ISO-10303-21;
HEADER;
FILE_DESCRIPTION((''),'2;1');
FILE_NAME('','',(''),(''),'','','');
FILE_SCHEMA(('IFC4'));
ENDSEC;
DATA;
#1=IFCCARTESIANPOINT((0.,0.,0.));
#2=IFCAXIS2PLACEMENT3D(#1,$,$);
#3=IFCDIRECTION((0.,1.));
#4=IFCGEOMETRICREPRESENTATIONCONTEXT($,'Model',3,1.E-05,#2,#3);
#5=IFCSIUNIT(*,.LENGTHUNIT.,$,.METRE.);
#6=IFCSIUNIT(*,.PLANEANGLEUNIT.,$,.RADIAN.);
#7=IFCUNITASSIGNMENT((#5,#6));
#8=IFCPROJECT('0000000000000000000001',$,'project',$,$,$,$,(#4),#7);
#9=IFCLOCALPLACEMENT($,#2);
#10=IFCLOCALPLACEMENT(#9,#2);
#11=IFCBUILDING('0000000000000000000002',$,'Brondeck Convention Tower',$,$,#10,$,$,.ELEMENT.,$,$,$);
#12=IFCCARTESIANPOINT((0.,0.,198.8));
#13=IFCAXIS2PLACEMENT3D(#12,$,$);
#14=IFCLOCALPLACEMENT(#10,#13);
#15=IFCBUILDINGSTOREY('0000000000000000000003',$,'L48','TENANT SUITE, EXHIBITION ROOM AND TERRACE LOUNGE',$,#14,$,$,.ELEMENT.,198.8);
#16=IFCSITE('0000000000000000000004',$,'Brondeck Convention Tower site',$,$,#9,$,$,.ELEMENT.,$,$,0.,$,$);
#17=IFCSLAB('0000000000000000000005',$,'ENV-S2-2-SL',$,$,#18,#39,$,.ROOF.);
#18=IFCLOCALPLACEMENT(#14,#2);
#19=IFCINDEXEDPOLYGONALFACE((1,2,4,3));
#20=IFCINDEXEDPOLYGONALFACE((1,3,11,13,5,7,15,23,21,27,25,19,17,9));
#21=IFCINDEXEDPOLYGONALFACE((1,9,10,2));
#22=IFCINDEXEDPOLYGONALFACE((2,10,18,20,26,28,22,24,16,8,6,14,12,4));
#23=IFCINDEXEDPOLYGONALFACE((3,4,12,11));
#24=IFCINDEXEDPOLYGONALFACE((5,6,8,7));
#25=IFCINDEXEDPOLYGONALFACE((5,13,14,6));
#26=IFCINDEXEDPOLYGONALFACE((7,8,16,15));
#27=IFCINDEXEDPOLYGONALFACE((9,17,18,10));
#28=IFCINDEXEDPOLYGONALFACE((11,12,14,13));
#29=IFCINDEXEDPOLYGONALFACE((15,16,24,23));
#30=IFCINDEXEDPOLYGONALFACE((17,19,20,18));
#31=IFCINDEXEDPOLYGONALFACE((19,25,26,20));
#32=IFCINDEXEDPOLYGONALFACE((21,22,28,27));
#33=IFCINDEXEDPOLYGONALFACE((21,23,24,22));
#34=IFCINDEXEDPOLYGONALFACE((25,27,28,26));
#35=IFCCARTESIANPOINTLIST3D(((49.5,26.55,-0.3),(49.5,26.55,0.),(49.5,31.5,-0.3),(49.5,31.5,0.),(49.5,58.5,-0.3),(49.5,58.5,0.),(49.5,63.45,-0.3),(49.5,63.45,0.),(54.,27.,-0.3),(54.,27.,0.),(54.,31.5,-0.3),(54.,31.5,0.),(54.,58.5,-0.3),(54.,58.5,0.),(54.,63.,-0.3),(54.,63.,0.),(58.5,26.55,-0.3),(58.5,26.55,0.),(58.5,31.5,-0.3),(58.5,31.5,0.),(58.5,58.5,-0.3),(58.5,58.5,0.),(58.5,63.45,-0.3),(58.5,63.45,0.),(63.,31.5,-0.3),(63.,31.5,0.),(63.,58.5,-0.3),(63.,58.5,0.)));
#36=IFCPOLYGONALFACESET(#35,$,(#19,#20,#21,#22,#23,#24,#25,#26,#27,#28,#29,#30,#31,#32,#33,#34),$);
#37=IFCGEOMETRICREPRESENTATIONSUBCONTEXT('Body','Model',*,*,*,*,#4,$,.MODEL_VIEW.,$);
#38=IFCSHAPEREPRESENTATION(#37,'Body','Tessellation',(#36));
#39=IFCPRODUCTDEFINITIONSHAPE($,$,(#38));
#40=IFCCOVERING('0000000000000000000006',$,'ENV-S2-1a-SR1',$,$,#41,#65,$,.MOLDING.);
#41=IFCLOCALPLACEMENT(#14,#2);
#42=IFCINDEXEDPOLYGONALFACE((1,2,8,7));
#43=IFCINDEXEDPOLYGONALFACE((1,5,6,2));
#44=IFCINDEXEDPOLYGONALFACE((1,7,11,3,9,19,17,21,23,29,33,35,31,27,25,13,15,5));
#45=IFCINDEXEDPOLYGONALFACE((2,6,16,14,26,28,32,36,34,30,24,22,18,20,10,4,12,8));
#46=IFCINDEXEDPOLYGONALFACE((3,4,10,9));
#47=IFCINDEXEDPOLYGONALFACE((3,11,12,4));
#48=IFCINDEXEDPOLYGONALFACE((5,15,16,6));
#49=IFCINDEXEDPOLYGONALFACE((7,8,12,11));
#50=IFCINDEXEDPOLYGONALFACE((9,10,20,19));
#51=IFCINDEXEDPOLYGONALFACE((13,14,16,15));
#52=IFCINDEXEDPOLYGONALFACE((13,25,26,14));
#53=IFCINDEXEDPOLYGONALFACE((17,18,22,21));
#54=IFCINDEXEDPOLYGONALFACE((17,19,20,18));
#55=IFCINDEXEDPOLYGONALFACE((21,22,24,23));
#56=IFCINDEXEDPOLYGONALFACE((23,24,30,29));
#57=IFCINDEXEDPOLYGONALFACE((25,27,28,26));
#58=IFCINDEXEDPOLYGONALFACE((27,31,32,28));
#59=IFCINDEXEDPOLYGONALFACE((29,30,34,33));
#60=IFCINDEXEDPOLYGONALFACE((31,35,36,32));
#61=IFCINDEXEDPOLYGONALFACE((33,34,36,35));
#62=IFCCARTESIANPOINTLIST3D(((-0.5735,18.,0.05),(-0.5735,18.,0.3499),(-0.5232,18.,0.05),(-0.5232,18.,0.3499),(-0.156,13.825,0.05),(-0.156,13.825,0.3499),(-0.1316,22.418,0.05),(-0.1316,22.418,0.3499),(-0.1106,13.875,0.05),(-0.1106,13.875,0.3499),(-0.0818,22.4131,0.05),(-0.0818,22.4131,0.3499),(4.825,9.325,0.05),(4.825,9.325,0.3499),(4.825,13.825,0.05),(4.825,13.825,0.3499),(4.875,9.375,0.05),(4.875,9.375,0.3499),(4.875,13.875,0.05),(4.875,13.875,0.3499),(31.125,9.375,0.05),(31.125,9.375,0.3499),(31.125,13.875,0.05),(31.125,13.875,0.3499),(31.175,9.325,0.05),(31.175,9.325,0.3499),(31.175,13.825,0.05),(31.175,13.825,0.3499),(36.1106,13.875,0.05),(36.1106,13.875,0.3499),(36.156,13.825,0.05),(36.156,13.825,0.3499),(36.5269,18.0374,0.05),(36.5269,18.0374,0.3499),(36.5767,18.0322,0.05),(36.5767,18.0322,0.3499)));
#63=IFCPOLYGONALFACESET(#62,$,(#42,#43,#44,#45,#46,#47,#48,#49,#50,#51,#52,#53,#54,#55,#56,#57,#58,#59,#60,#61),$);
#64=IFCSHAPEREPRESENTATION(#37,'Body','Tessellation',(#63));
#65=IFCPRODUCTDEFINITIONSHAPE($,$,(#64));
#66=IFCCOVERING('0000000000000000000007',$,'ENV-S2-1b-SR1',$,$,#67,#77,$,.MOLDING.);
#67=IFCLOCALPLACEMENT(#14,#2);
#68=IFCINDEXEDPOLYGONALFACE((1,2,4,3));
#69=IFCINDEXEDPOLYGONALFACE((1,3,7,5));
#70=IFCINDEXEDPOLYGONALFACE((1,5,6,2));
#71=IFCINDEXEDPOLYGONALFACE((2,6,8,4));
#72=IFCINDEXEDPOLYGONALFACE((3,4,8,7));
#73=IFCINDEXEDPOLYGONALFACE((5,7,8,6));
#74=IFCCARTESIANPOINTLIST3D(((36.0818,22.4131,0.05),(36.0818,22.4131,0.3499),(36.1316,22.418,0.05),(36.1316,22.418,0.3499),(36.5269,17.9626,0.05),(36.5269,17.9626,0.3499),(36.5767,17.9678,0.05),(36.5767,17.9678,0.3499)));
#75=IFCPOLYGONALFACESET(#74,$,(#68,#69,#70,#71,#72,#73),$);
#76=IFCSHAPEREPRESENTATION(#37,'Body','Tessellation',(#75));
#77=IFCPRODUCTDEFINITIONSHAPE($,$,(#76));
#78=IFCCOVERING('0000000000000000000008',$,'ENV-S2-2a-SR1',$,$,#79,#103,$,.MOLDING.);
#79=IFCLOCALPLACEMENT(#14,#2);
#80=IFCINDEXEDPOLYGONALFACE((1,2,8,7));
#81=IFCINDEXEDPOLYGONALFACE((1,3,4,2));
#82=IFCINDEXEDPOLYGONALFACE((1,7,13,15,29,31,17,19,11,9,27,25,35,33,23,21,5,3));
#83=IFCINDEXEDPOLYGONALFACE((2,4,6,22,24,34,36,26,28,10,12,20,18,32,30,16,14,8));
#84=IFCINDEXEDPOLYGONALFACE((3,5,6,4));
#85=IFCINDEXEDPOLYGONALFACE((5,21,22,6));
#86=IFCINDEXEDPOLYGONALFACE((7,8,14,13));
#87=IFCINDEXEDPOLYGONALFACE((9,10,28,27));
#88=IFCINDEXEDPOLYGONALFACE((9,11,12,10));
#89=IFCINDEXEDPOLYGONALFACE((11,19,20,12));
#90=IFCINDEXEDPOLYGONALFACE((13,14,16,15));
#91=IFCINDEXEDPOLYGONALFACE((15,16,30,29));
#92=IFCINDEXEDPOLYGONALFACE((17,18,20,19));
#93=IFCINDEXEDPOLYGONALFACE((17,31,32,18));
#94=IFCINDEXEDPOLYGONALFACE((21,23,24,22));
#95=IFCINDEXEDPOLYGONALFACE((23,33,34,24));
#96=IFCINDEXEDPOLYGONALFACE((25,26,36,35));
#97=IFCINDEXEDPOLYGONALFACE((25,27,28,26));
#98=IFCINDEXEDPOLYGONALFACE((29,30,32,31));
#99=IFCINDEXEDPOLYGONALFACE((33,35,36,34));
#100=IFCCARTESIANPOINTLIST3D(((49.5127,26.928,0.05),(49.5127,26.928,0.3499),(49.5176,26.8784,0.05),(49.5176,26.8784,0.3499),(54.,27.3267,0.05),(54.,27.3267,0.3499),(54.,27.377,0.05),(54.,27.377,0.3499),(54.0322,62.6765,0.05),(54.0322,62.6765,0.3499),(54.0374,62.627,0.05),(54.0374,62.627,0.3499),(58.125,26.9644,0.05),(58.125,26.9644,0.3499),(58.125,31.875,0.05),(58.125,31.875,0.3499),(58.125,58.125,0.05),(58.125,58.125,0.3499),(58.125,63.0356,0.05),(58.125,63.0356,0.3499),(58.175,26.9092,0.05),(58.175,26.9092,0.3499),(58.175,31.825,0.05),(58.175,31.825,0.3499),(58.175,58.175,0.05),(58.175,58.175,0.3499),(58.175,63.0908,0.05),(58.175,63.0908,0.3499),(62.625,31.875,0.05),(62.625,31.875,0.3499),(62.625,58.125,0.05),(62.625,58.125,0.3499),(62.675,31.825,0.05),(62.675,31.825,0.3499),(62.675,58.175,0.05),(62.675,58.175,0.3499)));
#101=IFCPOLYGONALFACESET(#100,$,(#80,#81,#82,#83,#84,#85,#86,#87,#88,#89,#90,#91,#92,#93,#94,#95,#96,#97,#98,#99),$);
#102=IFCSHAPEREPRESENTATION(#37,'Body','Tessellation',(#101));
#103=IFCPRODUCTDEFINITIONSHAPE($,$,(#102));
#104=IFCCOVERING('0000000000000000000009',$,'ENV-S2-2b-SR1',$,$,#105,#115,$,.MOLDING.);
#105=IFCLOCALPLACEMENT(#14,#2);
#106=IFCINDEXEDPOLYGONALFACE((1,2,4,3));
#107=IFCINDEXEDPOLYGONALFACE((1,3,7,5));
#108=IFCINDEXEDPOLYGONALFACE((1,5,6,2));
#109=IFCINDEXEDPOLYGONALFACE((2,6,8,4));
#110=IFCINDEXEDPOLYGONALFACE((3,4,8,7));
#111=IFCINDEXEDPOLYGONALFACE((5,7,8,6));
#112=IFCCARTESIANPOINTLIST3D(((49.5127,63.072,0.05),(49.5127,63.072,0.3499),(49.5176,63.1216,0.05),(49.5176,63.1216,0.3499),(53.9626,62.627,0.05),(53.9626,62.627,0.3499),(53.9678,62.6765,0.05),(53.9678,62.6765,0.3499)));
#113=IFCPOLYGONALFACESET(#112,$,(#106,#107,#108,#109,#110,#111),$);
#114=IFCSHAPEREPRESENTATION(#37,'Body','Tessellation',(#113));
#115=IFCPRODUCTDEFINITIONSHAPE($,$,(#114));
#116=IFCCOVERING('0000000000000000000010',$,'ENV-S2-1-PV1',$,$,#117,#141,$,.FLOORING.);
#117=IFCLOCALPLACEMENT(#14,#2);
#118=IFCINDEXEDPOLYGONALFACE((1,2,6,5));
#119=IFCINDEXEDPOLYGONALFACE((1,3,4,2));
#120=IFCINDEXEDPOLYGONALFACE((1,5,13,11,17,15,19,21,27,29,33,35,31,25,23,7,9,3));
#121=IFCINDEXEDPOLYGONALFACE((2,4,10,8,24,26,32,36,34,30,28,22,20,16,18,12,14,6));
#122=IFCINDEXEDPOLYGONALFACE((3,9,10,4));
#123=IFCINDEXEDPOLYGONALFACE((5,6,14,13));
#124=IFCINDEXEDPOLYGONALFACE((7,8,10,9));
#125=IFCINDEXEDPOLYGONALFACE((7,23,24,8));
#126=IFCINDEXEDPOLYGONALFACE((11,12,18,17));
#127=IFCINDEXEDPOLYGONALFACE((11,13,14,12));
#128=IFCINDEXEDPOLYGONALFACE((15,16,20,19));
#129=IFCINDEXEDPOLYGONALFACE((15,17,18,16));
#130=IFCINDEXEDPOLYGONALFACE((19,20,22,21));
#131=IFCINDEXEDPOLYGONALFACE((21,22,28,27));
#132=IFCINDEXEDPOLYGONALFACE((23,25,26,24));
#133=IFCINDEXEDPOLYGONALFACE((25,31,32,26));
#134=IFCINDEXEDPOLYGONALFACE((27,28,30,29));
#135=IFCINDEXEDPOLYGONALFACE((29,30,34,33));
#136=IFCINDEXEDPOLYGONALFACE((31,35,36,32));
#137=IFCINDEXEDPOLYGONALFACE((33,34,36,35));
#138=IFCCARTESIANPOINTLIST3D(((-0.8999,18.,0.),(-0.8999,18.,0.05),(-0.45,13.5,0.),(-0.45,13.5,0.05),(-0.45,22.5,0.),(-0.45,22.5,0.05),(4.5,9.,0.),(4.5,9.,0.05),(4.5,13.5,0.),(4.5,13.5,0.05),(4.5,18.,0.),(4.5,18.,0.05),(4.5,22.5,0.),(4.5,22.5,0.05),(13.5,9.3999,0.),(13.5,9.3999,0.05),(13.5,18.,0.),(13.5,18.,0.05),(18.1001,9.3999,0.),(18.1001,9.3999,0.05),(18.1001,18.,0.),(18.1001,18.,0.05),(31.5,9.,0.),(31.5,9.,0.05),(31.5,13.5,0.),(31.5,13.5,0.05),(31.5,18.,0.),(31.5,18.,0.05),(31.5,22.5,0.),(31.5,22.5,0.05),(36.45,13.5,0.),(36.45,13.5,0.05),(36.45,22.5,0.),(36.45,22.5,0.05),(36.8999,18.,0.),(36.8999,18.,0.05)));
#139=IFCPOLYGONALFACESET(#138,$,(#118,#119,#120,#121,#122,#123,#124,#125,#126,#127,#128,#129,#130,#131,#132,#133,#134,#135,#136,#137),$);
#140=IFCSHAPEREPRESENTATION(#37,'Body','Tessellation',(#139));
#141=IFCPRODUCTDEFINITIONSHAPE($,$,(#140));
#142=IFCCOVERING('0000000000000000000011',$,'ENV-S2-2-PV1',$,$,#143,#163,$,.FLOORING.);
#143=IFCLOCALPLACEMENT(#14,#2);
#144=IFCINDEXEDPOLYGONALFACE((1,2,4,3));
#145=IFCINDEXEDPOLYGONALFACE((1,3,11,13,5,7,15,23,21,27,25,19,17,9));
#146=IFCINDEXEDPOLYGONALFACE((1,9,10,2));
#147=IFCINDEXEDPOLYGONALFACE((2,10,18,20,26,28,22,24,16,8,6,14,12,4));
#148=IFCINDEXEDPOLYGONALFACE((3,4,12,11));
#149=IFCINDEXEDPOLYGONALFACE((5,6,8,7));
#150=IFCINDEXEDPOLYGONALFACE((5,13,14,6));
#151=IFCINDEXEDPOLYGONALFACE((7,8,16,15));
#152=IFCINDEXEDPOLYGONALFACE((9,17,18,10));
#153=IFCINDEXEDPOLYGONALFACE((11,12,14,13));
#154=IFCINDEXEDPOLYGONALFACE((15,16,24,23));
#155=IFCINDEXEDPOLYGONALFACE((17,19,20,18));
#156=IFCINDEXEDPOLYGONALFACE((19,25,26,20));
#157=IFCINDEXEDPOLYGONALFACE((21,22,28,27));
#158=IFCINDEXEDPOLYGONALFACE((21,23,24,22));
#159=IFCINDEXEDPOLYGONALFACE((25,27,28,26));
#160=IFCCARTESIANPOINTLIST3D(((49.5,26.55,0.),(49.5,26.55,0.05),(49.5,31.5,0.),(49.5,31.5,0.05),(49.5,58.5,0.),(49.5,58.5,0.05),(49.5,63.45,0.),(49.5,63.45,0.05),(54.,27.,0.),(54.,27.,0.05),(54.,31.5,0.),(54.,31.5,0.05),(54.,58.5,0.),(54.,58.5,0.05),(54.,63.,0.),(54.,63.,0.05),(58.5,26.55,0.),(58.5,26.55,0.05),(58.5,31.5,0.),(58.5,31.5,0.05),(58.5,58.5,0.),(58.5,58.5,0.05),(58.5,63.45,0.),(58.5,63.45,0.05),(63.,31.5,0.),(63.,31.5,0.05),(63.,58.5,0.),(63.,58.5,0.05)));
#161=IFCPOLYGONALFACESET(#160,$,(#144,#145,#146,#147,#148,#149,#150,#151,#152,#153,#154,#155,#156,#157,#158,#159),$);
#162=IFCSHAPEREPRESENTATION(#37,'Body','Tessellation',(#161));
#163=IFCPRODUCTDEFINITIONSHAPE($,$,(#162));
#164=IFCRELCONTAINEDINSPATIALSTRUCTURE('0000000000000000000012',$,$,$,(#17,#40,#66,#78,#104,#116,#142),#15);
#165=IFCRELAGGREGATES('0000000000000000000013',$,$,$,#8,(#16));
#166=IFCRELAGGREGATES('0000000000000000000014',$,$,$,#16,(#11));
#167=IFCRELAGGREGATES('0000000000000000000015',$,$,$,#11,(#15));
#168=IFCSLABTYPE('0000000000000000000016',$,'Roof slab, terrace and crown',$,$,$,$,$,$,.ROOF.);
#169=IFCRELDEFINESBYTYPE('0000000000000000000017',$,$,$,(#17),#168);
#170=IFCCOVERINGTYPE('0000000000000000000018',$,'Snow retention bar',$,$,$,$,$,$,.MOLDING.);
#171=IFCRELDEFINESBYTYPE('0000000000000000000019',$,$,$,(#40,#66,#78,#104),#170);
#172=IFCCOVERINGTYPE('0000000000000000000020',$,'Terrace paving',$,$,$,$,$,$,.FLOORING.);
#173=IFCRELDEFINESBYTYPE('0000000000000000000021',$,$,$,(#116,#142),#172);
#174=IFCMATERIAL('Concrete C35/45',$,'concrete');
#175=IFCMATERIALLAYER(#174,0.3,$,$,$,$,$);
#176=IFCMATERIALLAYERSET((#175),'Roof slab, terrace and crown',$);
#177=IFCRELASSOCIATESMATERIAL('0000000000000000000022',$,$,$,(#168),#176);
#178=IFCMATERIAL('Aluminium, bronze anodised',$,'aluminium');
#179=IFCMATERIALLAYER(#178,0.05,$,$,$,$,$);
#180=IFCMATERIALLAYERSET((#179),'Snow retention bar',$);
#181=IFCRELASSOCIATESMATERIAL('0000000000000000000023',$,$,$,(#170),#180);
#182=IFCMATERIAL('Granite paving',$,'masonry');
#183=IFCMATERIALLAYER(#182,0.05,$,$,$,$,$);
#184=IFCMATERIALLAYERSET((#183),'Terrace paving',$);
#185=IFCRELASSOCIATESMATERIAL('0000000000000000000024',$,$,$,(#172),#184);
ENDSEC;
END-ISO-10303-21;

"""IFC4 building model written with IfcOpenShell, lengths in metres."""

from ifc_helpers import new_model, si_unit, direction, frame, origin, place, context, subcontext, project, spatial, polyline, outline, extrude, material, layer, layer_set, type_object, element, save


model = new_model("IFC4")

# Units and contexts
model_context = context("Model", 3, precision=1e-05, world=origin(), true_north=direction((0.0, 1.0)))
body_context = subcontext(model_context, "Body", "Model", "MODEL_VIEW")
ifc_project = project(units=[si_unit("LENGTHUNIT", "METRE"), si_unit("PLANEANGLEUNIT", "RADIAN")], contexts=[model_context])

# Site, building, storey
site_placement = place(None, origin())
site = spatial("IfcSite", under=ifc_project, at=site_placement, Name="Brondeck Convention Tower site", CompositionType="ELEMENT", RefElevation=0.0)
building_placement = place(site_placement, origin())
building = spatial("IfcBuilding", under=site, at=building_placement, Name="Brondeck Convention Tower", CompositionType="ELEMENT")
storey_placement = place(building_placement, frame((0.0, 0.0, 198.8)))
storey = spatial("IfcBuildingStorey", under=building, at=storey_placement, Name="L48", Description="TENANT SUITE, EXHIBITION ROOM AND TERRACE LOUNGE", CompositionType="ELEMENT", Elevation=198.8)

# Shared definitions
ifc_material_1 = material(Name="Concrete C35/45", Category="concrete")

# Slab
ifc_layer_1 = layer(ifc_material_1, 0.3)
ifc_layer_set_1 = layer_set([ifc_layer_1], Name="Roof slab, terrace and crown")
slab_type_1 = type_object("IfcSlabType", Name="Roof slab, terrace and crown", PredefinedType="ROOF", material=ifc_layer_set_1)
slab_1_placement = place(storey_placement, frame((0.0, 0.0, -0.3)))
element("IfcSlab", 1, at=slab_1_placement, inside=storey, type_object=slab_type_1, Name="ENV-S2-2-SL", PredefinedType="ROOF", context=body_context, shape_type="SweptSolid", body=[
    extrude(outline(polyline([(54.0, 63.0), (49.5, 63.45), (49.5, 58.5), (54.0, 58.5), (54.0, 31.5), (49.5, 31.5), (49.5, 26.55), (54.0, 27.0), (58.5, 26.55), (58.5, 31.5), (63.0, 31.5), (63.0, 58.5), (58.5, 58.5), (58.5, 63.45), (54.0, 63.0)])), origin(), (0.0, 0.0, 1.0), 0.3),
])

# Coverings
ifc_material_2 = material(Name="Aluminium, bronze anodised", Category="aluminium")
ifc_layer_2 = layer(ifc_material_2, 0.05)
ifc_layer_set_2 = layer_set([ifc_layer_2], Name="Snow retention bar")
covering_type_1 = type_object("IfcCoveringType", Name="Snow retention bar", PredefinedType="MOLDING", material=ifc_layer_set_2)
covering_1_placement = place(storey_placement, frame((0.0, 0.0, 0.05)))
element("IfcCovering", 2, at=covering_1_placement, inside=storey, type_object=covering_type_1, Name="ENV-S2-1a-SR1", PredefinedType="MOLDING", context=body_context, shape_type="SweptSolid", body=[
    extrude(outline(polyline([(36.156, 13.825), (36.5767, 18.0322), (36.5269, 18.0374), (36.1106, 13.875), (31.125, 13.875), (31.125, 9.375), (4.875, 9.375), (4.875, 13.875), (-0.1106, 13.875), (-0.5232, 18.0), (-0.0818, 22.4131), (-0.1316, 22.418), (-0.5735, 18.0), (-0.156, 13.825), (4.825, 13.825), (4.825, 9.325), (31.175, 9.325), (31.175, 13.825), (36.156, 13.825)])), origin(), (0.0, 0.0, 1.0), 0.2998),
])
covering_2_placement = place(storey_placement, frame((0.0, 0.0, 0.05)))
element("IfcCovering", 3, at=covering_2_placement, inside=storey, type_object=covering_type_1, Name="ENV-S2-1b-SR1", PredefinedType="MOLDING", context=body_context, shape_type="SweptSolid", body=[
    extrude(outline(polyline([(36.5767, 17.9678), (36.1316, 22.418), (36.0818, 22.4131), (36.5269, 17.9626), (36.5767, 17.9678)])), origin(), (0.0, 0.0, 1.0), 0.2998),
])
covering_3_placement = place(storey_placement, frame((0.0, 0.0, 0.05)))
element("IfcCovering", 4, at=covering_3_placement, inside=storey, type_object=covering_type_1, Name="ENV-S2-2a-SR1", PredefinedType="MOLDING", context=body_context, shape_type="SweptSolid", body=[
    extrude(outline(polyline([(58.175, 63.0908), (54.0322, 62.6765), (54.0374, 62.627), (58.125, 63.0356), (58.125, 58.125), (62.625, 58.125), (62.625, 31.875), (58.125, 31.875), (58.125, 26.9644), (54.0, 27.377), (49.5127, 26.928), (49.5176, 26.8784), (54.0, 27.3267), (58.175, 26.9092), (58.175, 31.825), (62.675, 31.825), (62.675, 58.175), (58.175, 58.175), (58.175, 63.0908)])), origin(), (0.0, 0.0, 1.0), 0.2998),
])
covering_4_placement = place(storey_placement, frame((0.0, 0.0, 0.05)))
element("IfcCovering", 5, at=covering_4_placement, inside=storey, type_object=covering_type_1, Name="ENV-S2-2b-SR1", PredefinedType="MOLDING", context=body_context, shape_type="SweptSolid", body=[
    extrude(outline(polyline([(53.9678, 62.6765), (49.5176, 63.1216), (49.5127, 63.072), (53.9626, 62.627), (53.9678, 62.6765)])), origin(), (0.0, 0.0, 1.0), 0.2998),
])
ifc_material_3 = material(Name="Granite paving", Category="masonry")
ifc_layer_3 = layer(ifc_material_3, 0.05)
ifc_layer_set_3 = layer_set([ifc_layer_3], Name="Terrace paving")
covering_type_2 = type_object("IfcCoveringType", Name="Terrace paving", PredefinedType="FLOORING", material=ifc_layer_set_3)
covering_5_placement = place(storey_placement, origin())
element("IfcCovering", 6, at=covering_5_placement, inside=storey, type_object=covering_type_2, Name="ENV-S2-1-PV1", PredefinedType="FLOORING", context=body_context, shape_type="SweptSolid", body=[
    extrude(outline(polyline([(36.45, 13.5), (36.8999, 18.0), (36.45, 22.5), (31.5, 22.5), (31.5, 18.0), (18.1001, 18.0), (18.1001, 9.3999), (13.5, 9.3999), (13.5, 18.0), (4.5, 18.0), (4.5, 22.5), (-0.45, 22.5), (-0.8999, 18.0), (-0.45, 13.5), (4.5, 13.5), (4.5, 9.0), (31.5, 9.0), (31.5, 13.5), (36.45, 13.5)])), origin(), (0.0, 0.0, 1.0), 0.05),
])
covering_6_placement = place(storey_placement, origin())
element("IfcCovering", 7, at=covering_6_placement, inside=storey, type_object=covering_type_2, Name="ENV-S2-2-PV1", PredefinedType="FLOORING", context=body_context, shape_type="SweptSolid", body=[
    extrude(outline(polyline([(54.0, 63.0), (49.5, 63.45), (49.5, 58.5), (54.0, 58.5), (54.0, 31.5), (49.5, 31.5), (49.5, 26.55), (54.0, 27.0), (58.5, 26.55), (58.5, 31.5), (63.0, 31.5), (63.0, 58.5), (58.5, 58.5), (58.5, 63.45), (54.0, 63.0)])), origin(), (0.0, 0.0, 1.0), 0.05),
])

save(model, "model.ifc")
